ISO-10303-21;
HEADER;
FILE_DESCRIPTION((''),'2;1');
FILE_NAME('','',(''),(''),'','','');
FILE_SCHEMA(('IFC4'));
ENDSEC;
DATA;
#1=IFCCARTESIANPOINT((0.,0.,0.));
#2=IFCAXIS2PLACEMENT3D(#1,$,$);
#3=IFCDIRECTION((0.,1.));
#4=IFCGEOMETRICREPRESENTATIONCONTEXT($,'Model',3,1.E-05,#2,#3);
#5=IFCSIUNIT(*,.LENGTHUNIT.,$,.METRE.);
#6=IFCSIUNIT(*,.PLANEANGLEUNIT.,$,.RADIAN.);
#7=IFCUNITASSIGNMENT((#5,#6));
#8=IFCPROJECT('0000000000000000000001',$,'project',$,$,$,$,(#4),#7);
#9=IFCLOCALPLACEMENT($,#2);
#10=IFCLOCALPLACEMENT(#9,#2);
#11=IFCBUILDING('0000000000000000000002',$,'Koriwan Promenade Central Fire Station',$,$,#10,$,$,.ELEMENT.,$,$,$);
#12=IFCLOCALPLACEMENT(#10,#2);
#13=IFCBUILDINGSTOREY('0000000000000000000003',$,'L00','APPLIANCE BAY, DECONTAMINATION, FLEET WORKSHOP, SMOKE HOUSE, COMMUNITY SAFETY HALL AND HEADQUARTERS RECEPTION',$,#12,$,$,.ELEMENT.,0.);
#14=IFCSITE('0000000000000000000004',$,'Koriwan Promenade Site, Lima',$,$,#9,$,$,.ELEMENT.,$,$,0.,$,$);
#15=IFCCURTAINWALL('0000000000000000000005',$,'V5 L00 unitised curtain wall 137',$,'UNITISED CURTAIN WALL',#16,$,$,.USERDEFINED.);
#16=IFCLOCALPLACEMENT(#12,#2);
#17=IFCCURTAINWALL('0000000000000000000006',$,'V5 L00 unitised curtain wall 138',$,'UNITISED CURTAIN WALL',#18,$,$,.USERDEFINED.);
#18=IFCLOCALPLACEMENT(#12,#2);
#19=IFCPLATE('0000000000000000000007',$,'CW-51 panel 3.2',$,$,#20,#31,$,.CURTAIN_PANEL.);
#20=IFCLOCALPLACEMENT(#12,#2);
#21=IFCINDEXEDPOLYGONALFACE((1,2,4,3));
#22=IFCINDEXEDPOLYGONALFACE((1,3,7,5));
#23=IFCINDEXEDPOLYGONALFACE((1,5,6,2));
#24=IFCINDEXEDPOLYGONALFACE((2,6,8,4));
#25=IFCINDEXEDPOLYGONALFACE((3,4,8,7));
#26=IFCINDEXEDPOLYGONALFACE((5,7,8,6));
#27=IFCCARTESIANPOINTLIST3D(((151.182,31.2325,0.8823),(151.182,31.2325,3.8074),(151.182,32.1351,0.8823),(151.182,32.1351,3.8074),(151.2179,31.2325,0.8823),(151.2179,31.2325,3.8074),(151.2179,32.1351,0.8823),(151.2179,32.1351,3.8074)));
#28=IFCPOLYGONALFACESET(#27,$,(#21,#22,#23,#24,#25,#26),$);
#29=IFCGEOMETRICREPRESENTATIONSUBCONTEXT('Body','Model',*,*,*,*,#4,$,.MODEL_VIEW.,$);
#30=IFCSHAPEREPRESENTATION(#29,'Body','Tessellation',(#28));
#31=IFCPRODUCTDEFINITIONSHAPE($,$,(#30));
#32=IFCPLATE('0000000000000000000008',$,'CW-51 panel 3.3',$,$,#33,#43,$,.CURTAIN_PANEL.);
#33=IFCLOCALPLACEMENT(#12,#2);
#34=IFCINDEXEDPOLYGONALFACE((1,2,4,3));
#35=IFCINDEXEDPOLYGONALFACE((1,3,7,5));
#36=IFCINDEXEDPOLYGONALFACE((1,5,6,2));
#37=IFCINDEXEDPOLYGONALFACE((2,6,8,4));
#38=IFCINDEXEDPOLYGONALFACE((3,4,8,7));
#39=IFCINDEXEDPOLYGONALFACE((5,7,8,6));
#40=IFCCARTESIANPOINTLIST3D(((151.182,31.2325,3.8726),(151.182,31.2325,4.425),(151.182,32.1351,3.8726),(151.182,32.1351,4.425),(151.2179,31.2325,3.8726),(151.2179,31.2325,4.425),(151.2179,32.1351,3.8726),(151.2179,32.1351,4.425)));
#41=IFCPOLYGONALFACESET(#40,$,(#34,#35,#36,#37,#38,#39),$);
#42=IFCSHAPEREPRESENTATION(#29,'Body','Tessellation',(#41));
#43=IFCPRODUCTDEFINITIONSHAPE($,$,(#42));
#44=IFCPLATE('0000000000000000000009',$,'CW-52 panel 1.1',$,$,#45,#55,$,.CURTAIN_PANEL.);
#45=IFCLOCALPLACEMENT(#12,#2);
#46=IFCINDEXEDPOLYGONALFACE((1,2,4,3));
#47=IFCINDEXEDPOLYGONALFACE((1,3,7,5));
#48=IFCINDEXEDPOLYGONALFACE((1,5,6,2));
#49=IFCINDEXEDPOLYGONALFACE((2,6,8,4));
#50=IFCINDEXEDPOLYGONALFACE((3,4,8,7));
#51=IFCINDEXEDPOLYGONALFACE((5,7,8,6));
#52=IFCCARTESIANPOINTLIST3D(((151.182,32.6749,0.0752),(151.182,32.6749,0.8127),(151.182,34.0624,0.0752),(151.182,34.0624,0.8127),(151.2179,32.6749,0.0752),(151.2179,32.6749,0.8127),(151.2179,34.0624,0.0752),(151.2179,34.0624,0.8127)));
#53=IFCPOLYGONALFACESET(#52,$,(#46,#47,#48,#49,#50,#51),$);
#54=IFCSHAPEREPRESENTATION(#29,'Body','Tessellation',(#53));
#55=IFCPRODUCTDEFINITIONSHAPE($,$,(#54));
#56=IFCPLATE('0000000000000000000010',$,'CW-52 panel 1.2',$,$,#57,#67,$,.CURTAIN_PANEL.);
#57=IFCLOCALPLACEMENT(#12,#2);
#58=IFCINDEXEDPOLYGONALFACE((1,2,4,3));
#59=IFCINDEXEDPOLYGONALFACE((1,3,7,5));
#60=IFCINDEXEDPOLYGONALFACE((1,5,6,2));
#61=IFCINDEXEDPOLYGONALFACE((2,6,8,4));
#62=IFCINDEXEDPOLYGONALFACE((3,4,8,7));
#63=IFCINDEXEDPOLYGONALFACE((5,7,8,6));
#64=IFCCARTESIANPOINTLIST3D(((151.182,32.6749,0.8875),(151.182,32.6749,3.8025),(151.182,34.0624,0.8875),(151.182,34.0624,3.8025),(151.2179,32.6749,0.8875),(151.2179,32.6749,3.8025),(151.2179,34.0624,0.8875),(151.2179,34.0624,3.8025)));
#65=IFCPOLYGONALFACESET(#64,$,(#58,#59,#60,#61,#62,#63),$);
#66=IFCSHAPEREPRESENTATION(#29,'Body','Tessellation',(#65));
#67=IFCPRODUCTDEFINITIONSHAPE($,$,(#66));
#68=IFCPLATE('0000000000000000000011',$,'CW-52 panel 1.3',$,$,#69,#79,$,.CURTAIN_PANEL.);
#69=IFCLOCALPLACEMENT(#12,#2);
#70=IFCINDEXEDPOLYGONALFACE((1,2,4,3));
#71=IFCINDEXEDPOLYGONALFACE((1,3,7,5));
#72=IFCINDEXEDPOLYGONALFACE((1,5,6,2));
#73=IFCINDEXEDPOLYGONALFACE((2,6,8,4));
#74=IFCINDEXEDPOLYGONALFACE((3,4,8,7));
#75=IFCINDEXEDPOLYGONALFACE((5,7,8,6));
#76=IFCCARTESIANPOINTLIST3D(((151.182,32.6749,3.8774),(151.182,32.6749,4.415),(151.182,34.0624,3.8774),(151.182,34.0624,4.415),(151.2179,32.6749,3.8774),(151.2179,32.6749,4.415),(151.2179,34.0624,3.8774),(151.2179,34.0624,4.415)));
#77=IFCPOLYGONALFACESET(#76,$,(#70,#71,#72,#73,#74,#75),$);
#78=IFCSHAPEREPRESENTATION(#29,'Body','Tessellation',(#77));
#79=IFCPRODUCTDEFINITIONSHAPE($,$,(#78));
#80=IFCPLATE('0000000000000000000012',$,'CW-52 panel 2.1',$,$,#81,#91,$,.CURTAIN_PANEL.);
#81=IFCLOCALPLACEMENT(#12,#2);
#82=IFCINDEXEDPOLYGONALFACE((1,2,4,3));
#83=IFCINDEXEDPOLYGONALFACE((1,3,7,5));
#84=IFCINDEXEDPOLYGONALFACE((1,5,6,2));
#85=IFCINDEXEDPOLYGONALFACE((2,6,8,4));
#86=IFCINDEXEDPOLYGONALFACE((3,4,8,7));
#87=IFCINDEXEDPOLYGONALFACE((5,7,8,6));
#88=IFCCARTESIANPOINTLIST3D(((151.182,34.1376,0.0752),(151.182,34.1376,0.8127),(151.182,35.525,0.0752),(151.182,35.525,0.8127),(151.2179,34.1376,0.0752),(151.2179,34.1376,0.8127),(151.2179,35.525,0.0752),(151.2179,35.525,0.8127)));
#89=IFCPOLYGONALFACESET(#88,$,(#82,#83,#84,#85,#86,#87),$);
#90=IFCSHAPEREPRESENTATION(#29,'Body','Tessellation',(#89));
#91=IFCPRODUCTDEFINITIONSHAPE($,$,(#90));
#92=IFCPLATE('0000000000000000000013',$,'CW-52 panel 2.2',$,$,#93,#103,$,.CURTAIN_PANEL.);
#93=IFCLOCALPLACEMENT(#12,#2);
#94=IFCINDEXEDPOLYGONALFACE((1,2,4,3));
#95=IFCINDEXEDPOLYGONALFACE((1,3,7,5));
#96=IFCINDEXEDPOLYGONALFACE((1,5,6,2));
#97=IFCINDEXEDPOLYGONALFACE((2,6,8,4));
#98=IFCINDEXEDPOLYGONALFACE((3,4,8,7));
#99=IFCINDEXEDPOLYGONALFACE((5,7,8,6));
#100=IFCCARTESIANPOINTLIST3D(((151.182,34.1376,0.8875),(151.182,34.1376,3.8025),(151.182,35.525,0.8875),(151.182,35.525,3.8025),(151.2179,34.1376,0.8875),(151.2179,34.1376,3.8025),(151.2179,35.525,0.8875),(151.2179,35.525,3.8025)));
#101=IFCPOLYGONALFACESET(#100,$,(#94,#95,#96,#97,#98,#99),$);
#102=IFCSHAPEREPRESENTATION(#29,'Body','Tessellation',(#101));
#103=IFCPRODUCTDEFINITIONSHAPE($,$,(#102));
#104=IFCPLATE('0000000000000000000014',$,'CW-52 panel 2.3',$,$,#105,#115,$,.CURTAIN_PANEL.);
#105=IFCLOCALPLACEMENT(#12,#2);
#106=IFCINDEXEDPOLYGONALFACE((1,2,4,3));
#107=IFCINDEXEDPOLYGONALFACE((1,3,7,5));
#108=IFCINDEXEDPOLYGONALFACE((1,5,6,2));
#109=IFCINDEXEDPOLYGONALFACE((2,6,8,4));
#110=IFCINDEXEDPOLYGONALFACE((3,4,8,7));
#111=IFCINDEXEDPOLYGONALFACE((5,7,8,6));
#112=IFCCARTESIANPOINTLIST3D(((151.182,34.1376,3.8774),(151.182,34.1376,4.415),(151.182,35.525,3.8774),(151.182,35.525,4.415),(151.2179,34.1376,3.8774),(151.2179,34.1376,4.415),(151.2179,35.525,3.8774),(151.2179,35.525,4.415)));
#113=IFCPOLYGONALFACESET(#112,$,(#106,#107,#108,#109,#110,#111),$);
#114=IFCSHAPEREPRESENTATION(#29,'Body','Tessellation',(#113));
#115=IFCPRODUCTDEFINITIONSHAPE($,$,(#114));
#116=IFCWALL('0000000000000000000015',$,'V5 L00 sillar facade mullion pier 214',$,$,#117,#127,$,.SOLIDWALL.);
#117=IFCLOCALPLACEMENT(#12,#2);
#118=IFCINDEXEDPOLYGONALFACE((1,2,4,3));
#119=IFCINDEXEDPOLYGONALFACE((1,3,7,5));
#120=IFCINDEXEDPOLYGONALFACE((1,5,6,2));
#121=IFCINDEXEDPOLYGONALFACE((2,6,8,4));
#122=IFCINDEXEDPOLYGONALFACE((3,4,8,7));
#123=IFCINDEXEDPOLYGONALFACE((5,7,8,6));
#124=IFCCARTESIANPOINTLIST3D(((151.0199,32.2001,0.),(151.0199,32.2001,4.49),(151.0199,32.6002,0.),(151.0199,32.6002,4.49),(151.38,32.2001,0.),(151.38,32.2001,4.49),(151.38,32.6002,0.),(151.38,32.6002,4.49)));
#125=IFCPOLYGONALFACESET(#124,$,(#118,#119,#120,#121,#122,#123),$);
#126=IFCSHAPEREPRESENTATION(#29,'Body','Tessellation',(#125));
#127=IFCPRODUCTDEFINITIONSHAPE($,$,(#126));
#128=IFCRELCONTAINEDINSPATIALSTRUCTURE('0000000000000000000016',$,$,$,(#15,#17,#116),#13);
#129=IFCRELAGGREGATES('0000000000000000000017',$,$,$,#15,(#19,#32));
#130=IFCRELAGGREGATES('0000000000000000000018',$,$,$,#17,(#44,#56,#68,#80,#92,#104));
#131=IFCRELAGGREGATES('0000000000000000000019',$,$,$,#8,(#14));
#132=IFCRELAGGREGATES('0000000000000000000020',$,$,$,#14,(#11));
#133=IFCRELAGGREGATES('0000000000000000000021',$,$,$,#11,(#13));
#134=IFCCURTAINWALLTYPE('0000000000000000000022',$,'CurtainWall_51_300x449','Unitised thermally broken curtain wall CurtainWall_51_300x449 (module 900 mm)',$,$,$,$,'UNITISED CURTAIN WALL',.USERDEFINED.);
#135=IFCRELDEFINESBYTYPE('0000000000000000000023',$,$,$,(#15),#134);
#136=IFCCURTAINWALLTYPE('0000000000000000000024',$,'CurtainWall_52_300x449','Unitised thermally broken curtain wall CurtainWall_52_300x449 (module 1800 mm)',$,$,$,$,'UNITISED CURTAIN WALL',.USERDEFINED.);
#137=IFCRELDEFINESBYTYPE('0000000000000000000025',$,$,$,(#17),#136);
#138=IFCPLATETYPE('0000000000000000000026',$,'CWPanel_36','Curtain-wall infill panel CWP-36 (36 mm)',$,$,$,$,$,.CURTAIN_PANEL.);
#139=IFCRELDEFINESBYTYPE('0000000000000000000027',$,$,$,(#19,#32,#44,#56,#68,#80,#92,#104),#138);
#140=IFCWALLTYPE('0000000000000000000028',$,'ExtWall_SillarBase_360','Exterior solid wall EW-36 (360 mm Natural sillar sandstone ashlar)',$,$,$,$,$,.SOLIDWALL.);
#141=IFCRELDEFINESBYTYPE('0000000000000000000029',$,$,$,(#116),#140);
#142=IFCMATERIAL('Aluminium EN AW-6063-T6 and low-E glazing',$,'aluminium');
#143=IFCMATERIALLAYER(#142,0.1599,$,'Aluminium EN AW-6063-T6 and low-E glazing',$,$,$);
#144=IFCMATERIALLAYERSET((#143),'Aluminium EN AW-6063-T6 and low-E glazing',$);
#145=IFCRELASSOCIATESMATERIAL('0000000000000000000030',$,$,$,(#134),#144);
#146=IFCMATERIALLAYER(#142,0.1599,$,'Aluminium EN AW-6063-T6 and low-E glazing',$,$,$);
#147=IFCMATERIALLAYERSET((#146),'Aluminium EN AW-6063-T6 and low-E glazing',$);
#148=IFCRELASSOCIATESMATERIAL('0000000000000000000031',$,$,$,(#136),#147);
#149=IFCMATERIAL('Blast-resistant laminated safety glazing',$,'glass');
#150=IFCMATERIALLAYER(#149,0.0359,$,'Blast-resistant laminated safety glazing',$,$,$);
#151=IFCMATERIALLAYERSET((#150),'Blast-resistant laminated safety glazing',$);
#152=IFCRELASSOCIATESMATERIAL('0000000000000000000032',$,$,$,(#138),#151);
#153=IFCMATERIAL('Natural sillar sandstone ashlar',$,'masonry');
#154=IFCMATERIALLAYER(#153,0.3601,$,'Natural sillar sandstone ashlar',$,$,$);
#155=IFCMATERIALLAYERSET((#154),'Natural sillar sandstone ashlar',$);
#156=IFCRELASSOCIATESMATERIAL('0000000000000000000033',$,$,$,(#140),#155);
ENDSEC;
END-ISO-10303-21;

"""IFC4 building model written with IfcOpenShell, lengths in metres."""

from ifc_helpers import new_model, si_unit, direction, frame, frame_2d, origin, origin_2d, place, context, subcontext, project, spatial, rectangle, extrude, material, layer, layer_set, type_object, element, aggregate, save


model = new_model("IFC4")

# Units and contexts
model_context = context("Model", 3, precision=1e-05, world=origin(), true_north=direction((0.0, 1.0)))
body_context = subcontext(model_context, "Body", "Model", "MODEL_VIEW")
ifc_project = project(units=[si_unit("LENGTHUNIT", "METRE"), si_unit("PLANEANGLEUNIT", "RADIAN")], contexts=[model_context])

# Site, building, storey
site_placement = place(None, origin())
site = spatial("IfcSite", under=ifc_project, at=site_placement, Name="Koriwan Promenade Site, Lima", CompositionType="ELEMENT", RefElevation=0.0)
building_placement = place(site_placement, origin())
building = spatial("IfcBuilding", under=site, at=building_placement, Name="Koriwan Promenade Central Fire Station", CompositionType="ELEMENT")
storey_placement = place(building_placement, origin())
storey = spatial("IfcBuildingStorey", under=building, at=storey_placement, Name="L00", Description="APPLIANCE BAY, DECONTAMINATION, FLEET WORKSHOP, SMOKE HOUSE, COMMUNITY SAFETY HALL AND HEADQUARTERS RECEPTION", CompositionType="ELEMENT", Elevation=0.0)

# Curtain walls
ifc_material_1 = material(Name="Aluminium EN AW-6063-T6 and low-E glazing", Category="aluminium")
ifc_layer_1 = layer(ifc_material_1, 0.1599, Name="Aluminium EN AW-6063-T6 and low-E glazing")
ifc_layer_set_1 = layer_set([ifc_layer_1], Name="Aluminium EN AW-6063-T6 and low-E glazing")
curtain_wall_type_1 = type_object("IfcCurtainWallType", Name="CurtainWall_51_300x449", Description="Unitised thermally broken curtain wall CurtainWall_51_300x449 (module 900 mm)", ElementType="UNITISED CURTAIN WALL", PredefinedType="USERDEFINED", material=ifc_layer_set_1)
curtain_wall_1_placement = place(storey_placement, origin())
curtain_wall_1 = element("IfcCurtainWall", 1, at=curtain_wall_1_placement, inside=storey, type_object=curtain_wall_type_1, Name="V5 L00 unitised curtain wall 137", ObjectType="UNITISED CURTAIN WALL", PredefinedType="USERDEFINED")
ifc_layer_2 = layer(ifc_material_1, 0.1599, Name="Aluminium EN AW-6063-T6 and low-E glazing")
ifc_layer_set_2 = layer_set([ifc_layer_2], Name="Aluminium EN AW-6063-T6 and low-E glazing")
curtain_wall_type_2 = type_object("IfcCurtainWallType", Name="CurtainWall_52_300x449", Description="Unitised thermally broken curtain wall CurtainWall_52_300x449 (module 1800 mm)", ElementType="UNITISED CURTAIN WALL", PredefinedType="USERDEFINED", material=ifc_layer_set_2)
curtain_wall_2_placement = place(storey_placement, origin())
curtain_wall_2 = element("IfcCurtainWall", 2, at=curtain_wall_2_placement, inside=storey, type_object=curtain_wall_type_2, Name="V5 L00 unitised curtain wall 138", ObjectType="UNITISED CURTAIN WALL", PredefinedType="USERDEFINED")

# Plates
ifc_material_2 = material(Name="Blast-resistant laminated safety glazing", Category="glass")
ifc_layer_3 = layer(ifc_material_2, 0.0359, Name="Blast-resistant laminated safety glazing")
ifc_layer_set_3 = layer_set([ifc_layer_3], Name="Blast-resistant laminated safety glazing")
plate_type = type_object("IfcPlateType", Name="CWPanel_36", Description="Curtain-wall infill panel CWP-36 (36 mm)", PredefinedType="CURTAIN_PANEL", material=ifc_layer_set_3)
plate_1_placement = place(storey_placement, frame((151.2, 31.6838, 0.8823), z_axis=(0.0, 0.0, 1.0), x_axis=(0.0, 1.0, 0.0)))
plate_1 = element("IfcPlate", 3, at=plate_1_placement, type_object=plate_type, Name="CW-51 panel 3.2", PredefinedType="CURTAIN_PANEL", context=body_context, shape_type="SweptSolid", body=[
    extrude(rectangle(XDim=0.9026, YDim=0.0359, at=origin_2d()), origin(), (0.0, 0.0, 1.0), 2.925),
])
plate_2_placement = place(storey_placement, frame((151.2, 31.6838, 3.8726), z_axis=(0.0, 0.0, 1.0), x_axis=(0.0, 1.0, 0.0)))
plate_2 = element("IfcPlate", 4, at=plate_2_placement, type_object=plate_type, Name="CW-51 panel 3.3", PredefinedType="CURTAIN_PANEL", context=body_context, shape_type="SweptSolid", body=[
    extrude(rectangle(XDim=0.9026, YDim=0.0359, at=origin_2d()), origin(), (0.0, 0.0, 1.0), 0.5525),
])
aggregate(curtain_wall_1, [plate_1, plate_2])
plate_3_placement = place(storey_placement, frame((151.2, 33.3687, 0.0752), z_axis=(0.0, 0.0, 1.0), x_axis=(0.0, 1.0, 0.0)))
plate_3 = element("IfcPlate", 5, at=plate_3_placement, type_object=plate_type, Name="CW-52 panel 1.1", PredefinedType="CURTAIN_PANEL", context=body_context, shape_type="SweptSolid", body=[
    extrude(rectangle(XDim=1.3875, YDim=0.0359, at=origin_2d()), origin(), (0.0, 0.0, 1.0), 0.7375),
])
plate_4_placement = place(storey_placement, frame((151.2, 33.3687, 0.8875), z_axis=(0.0, 0.0, 1.0), x_axis=(0.0, 1.0, 0.0)))
plate_4 = element("IfcPlate", 6, at=plate_4_placement, type_object=plate_type, Name="CW-52 panel 1.2", PredefinedType="CURTAIN_PANEL", context=body_context, shape_type="SweptSolid", body=[
    extrude(rectangle(XDim=1.3875, YDim=0.0359, at=origin_2d()), origin(), (0.0, 0.0, 1.0), 2.915),
])
plate_5_placement = place(storey_placement, frame((151.2, 33.3687, 3.8774), z_axis=(0.0, 0.0, 1.0), x_axis=(0.0, 1.0, 0.0)))
plate_5 = element("IfcPlate", 7, at=plate_5_placement, type_object=plate_type, Name="CW-52 panel 1.3", PredefinedType="CURTAIN_PANEL", context=body_context, shape_type="SweptSolid", body=[
    extrude(rectangle(XDim=1.3875, YDim=0.0359, at=origin_2d()), origin(), (0.0, 0.0, 1.0), 0.5376),
])
plate_6_placement = place(storey_placement, frame((151.2, 34.8313, 0.0752), z_axis=(0.0, 0.0, 1.0), x_axis=(0.0, 1.0, 0.0)))
plate_6 = element("IfcPlate", 8, at=plate_6_placement, type_object=plate_type, Name="CW-52 panel 2.1", PredefinedType="CURTAIN_PANEL", context=body_context, shape_type="SweptSolid", body=[
    extrude(rectangle(XDim=1.3875, YDim=0.0359, at=origin_2d()), origin(), (0.0, 0.0, 1.0), 0.7375),
])
plate_7_placement = place(storey_placement, frame((151.2, 34.8313, 0.8875), z_axis=(0.0, 0.0, 1.0), x_axis=(0.0, 1.0, 0.0)))
plate_7 = element("IfcPlate", 9, at=plate_7_placement, type_object=plate_type, Name="CW-52 panel 2.2", PredefinedType="CURTAIN_PANEL", context=body_context, shape_type="SweptSolid", body=[
    extrude(rectangle(XDim=1.3875, YDim=0.0359, at=origin_2d()), origin(), (0.0, 0.0, 1.0), 2.915),
])
plate_8_placement = place(storey_placement, frame((151.2, 34.8313, 3.8774), z_axis=(0.0, 0.0, 1.0), x_axis=(0.0, 1.0, 0.0)))
plate_8 = element("IfcPlate", 10, at=plate_8_placement, type_object=plate_type, Name="CW-52 panel 2.3", PredefinedType="CURTAIN_PANEL", context=body_context, shape_type="SweptSolid", body=[
    extrude(rectangle(XDim=1.3875, YDim=0.0359, at=origin_2d()), origin(), (0.0, 0.0, 1.0), 0.5376),
])
aggregate(curtain_wall_2, [plate_3, plate_4, plate_5, plate_6, plate_7, plate_8])

# Wall
ifc_material_3 = material(Name="Natural sillar sandstone ashlar", Category="masonry")
ifc_layer_4 = layer(ifc_material_3, 0.3601, Name="Natural sillar sandstone ashlar")
ifc_layer_set_4 = layer_set([ifc_layer_4], Name="Natural sillar sandstone ashlar")
wall_type = type_object("IfcWallType", Name="ExtWall_SillarBase_360", Description="Exterior solid wall EW-36 (360 mm Natural sillar sandstone ashlar)", PredefinedType="SOLIDWALL", material=ifc_layer_set_4)
wall_placement = place(storey_placement, frame((151.2, 32.2, 0.0), z_axis=(0.0, 0.0, 1.0), x_axis=(0.0, 1.0, 0.0)))
element("IfcWall", 11, at=wall_placement, inside=storey, type_object=wall_type, Name="V5 L00 sillar facade mullion pier 214", PredefinedType="SOLIDWALL", context=body_context, shape_type="SweptSolid", body=[
    extrude(rectangle(XDim=0.4001, YDim=0.3601, at=frame_2d((0.2002, 0.0))), origin(), (0.0, 0.0, 1.0), 4.49),
])

save(model, "model.ifc")
